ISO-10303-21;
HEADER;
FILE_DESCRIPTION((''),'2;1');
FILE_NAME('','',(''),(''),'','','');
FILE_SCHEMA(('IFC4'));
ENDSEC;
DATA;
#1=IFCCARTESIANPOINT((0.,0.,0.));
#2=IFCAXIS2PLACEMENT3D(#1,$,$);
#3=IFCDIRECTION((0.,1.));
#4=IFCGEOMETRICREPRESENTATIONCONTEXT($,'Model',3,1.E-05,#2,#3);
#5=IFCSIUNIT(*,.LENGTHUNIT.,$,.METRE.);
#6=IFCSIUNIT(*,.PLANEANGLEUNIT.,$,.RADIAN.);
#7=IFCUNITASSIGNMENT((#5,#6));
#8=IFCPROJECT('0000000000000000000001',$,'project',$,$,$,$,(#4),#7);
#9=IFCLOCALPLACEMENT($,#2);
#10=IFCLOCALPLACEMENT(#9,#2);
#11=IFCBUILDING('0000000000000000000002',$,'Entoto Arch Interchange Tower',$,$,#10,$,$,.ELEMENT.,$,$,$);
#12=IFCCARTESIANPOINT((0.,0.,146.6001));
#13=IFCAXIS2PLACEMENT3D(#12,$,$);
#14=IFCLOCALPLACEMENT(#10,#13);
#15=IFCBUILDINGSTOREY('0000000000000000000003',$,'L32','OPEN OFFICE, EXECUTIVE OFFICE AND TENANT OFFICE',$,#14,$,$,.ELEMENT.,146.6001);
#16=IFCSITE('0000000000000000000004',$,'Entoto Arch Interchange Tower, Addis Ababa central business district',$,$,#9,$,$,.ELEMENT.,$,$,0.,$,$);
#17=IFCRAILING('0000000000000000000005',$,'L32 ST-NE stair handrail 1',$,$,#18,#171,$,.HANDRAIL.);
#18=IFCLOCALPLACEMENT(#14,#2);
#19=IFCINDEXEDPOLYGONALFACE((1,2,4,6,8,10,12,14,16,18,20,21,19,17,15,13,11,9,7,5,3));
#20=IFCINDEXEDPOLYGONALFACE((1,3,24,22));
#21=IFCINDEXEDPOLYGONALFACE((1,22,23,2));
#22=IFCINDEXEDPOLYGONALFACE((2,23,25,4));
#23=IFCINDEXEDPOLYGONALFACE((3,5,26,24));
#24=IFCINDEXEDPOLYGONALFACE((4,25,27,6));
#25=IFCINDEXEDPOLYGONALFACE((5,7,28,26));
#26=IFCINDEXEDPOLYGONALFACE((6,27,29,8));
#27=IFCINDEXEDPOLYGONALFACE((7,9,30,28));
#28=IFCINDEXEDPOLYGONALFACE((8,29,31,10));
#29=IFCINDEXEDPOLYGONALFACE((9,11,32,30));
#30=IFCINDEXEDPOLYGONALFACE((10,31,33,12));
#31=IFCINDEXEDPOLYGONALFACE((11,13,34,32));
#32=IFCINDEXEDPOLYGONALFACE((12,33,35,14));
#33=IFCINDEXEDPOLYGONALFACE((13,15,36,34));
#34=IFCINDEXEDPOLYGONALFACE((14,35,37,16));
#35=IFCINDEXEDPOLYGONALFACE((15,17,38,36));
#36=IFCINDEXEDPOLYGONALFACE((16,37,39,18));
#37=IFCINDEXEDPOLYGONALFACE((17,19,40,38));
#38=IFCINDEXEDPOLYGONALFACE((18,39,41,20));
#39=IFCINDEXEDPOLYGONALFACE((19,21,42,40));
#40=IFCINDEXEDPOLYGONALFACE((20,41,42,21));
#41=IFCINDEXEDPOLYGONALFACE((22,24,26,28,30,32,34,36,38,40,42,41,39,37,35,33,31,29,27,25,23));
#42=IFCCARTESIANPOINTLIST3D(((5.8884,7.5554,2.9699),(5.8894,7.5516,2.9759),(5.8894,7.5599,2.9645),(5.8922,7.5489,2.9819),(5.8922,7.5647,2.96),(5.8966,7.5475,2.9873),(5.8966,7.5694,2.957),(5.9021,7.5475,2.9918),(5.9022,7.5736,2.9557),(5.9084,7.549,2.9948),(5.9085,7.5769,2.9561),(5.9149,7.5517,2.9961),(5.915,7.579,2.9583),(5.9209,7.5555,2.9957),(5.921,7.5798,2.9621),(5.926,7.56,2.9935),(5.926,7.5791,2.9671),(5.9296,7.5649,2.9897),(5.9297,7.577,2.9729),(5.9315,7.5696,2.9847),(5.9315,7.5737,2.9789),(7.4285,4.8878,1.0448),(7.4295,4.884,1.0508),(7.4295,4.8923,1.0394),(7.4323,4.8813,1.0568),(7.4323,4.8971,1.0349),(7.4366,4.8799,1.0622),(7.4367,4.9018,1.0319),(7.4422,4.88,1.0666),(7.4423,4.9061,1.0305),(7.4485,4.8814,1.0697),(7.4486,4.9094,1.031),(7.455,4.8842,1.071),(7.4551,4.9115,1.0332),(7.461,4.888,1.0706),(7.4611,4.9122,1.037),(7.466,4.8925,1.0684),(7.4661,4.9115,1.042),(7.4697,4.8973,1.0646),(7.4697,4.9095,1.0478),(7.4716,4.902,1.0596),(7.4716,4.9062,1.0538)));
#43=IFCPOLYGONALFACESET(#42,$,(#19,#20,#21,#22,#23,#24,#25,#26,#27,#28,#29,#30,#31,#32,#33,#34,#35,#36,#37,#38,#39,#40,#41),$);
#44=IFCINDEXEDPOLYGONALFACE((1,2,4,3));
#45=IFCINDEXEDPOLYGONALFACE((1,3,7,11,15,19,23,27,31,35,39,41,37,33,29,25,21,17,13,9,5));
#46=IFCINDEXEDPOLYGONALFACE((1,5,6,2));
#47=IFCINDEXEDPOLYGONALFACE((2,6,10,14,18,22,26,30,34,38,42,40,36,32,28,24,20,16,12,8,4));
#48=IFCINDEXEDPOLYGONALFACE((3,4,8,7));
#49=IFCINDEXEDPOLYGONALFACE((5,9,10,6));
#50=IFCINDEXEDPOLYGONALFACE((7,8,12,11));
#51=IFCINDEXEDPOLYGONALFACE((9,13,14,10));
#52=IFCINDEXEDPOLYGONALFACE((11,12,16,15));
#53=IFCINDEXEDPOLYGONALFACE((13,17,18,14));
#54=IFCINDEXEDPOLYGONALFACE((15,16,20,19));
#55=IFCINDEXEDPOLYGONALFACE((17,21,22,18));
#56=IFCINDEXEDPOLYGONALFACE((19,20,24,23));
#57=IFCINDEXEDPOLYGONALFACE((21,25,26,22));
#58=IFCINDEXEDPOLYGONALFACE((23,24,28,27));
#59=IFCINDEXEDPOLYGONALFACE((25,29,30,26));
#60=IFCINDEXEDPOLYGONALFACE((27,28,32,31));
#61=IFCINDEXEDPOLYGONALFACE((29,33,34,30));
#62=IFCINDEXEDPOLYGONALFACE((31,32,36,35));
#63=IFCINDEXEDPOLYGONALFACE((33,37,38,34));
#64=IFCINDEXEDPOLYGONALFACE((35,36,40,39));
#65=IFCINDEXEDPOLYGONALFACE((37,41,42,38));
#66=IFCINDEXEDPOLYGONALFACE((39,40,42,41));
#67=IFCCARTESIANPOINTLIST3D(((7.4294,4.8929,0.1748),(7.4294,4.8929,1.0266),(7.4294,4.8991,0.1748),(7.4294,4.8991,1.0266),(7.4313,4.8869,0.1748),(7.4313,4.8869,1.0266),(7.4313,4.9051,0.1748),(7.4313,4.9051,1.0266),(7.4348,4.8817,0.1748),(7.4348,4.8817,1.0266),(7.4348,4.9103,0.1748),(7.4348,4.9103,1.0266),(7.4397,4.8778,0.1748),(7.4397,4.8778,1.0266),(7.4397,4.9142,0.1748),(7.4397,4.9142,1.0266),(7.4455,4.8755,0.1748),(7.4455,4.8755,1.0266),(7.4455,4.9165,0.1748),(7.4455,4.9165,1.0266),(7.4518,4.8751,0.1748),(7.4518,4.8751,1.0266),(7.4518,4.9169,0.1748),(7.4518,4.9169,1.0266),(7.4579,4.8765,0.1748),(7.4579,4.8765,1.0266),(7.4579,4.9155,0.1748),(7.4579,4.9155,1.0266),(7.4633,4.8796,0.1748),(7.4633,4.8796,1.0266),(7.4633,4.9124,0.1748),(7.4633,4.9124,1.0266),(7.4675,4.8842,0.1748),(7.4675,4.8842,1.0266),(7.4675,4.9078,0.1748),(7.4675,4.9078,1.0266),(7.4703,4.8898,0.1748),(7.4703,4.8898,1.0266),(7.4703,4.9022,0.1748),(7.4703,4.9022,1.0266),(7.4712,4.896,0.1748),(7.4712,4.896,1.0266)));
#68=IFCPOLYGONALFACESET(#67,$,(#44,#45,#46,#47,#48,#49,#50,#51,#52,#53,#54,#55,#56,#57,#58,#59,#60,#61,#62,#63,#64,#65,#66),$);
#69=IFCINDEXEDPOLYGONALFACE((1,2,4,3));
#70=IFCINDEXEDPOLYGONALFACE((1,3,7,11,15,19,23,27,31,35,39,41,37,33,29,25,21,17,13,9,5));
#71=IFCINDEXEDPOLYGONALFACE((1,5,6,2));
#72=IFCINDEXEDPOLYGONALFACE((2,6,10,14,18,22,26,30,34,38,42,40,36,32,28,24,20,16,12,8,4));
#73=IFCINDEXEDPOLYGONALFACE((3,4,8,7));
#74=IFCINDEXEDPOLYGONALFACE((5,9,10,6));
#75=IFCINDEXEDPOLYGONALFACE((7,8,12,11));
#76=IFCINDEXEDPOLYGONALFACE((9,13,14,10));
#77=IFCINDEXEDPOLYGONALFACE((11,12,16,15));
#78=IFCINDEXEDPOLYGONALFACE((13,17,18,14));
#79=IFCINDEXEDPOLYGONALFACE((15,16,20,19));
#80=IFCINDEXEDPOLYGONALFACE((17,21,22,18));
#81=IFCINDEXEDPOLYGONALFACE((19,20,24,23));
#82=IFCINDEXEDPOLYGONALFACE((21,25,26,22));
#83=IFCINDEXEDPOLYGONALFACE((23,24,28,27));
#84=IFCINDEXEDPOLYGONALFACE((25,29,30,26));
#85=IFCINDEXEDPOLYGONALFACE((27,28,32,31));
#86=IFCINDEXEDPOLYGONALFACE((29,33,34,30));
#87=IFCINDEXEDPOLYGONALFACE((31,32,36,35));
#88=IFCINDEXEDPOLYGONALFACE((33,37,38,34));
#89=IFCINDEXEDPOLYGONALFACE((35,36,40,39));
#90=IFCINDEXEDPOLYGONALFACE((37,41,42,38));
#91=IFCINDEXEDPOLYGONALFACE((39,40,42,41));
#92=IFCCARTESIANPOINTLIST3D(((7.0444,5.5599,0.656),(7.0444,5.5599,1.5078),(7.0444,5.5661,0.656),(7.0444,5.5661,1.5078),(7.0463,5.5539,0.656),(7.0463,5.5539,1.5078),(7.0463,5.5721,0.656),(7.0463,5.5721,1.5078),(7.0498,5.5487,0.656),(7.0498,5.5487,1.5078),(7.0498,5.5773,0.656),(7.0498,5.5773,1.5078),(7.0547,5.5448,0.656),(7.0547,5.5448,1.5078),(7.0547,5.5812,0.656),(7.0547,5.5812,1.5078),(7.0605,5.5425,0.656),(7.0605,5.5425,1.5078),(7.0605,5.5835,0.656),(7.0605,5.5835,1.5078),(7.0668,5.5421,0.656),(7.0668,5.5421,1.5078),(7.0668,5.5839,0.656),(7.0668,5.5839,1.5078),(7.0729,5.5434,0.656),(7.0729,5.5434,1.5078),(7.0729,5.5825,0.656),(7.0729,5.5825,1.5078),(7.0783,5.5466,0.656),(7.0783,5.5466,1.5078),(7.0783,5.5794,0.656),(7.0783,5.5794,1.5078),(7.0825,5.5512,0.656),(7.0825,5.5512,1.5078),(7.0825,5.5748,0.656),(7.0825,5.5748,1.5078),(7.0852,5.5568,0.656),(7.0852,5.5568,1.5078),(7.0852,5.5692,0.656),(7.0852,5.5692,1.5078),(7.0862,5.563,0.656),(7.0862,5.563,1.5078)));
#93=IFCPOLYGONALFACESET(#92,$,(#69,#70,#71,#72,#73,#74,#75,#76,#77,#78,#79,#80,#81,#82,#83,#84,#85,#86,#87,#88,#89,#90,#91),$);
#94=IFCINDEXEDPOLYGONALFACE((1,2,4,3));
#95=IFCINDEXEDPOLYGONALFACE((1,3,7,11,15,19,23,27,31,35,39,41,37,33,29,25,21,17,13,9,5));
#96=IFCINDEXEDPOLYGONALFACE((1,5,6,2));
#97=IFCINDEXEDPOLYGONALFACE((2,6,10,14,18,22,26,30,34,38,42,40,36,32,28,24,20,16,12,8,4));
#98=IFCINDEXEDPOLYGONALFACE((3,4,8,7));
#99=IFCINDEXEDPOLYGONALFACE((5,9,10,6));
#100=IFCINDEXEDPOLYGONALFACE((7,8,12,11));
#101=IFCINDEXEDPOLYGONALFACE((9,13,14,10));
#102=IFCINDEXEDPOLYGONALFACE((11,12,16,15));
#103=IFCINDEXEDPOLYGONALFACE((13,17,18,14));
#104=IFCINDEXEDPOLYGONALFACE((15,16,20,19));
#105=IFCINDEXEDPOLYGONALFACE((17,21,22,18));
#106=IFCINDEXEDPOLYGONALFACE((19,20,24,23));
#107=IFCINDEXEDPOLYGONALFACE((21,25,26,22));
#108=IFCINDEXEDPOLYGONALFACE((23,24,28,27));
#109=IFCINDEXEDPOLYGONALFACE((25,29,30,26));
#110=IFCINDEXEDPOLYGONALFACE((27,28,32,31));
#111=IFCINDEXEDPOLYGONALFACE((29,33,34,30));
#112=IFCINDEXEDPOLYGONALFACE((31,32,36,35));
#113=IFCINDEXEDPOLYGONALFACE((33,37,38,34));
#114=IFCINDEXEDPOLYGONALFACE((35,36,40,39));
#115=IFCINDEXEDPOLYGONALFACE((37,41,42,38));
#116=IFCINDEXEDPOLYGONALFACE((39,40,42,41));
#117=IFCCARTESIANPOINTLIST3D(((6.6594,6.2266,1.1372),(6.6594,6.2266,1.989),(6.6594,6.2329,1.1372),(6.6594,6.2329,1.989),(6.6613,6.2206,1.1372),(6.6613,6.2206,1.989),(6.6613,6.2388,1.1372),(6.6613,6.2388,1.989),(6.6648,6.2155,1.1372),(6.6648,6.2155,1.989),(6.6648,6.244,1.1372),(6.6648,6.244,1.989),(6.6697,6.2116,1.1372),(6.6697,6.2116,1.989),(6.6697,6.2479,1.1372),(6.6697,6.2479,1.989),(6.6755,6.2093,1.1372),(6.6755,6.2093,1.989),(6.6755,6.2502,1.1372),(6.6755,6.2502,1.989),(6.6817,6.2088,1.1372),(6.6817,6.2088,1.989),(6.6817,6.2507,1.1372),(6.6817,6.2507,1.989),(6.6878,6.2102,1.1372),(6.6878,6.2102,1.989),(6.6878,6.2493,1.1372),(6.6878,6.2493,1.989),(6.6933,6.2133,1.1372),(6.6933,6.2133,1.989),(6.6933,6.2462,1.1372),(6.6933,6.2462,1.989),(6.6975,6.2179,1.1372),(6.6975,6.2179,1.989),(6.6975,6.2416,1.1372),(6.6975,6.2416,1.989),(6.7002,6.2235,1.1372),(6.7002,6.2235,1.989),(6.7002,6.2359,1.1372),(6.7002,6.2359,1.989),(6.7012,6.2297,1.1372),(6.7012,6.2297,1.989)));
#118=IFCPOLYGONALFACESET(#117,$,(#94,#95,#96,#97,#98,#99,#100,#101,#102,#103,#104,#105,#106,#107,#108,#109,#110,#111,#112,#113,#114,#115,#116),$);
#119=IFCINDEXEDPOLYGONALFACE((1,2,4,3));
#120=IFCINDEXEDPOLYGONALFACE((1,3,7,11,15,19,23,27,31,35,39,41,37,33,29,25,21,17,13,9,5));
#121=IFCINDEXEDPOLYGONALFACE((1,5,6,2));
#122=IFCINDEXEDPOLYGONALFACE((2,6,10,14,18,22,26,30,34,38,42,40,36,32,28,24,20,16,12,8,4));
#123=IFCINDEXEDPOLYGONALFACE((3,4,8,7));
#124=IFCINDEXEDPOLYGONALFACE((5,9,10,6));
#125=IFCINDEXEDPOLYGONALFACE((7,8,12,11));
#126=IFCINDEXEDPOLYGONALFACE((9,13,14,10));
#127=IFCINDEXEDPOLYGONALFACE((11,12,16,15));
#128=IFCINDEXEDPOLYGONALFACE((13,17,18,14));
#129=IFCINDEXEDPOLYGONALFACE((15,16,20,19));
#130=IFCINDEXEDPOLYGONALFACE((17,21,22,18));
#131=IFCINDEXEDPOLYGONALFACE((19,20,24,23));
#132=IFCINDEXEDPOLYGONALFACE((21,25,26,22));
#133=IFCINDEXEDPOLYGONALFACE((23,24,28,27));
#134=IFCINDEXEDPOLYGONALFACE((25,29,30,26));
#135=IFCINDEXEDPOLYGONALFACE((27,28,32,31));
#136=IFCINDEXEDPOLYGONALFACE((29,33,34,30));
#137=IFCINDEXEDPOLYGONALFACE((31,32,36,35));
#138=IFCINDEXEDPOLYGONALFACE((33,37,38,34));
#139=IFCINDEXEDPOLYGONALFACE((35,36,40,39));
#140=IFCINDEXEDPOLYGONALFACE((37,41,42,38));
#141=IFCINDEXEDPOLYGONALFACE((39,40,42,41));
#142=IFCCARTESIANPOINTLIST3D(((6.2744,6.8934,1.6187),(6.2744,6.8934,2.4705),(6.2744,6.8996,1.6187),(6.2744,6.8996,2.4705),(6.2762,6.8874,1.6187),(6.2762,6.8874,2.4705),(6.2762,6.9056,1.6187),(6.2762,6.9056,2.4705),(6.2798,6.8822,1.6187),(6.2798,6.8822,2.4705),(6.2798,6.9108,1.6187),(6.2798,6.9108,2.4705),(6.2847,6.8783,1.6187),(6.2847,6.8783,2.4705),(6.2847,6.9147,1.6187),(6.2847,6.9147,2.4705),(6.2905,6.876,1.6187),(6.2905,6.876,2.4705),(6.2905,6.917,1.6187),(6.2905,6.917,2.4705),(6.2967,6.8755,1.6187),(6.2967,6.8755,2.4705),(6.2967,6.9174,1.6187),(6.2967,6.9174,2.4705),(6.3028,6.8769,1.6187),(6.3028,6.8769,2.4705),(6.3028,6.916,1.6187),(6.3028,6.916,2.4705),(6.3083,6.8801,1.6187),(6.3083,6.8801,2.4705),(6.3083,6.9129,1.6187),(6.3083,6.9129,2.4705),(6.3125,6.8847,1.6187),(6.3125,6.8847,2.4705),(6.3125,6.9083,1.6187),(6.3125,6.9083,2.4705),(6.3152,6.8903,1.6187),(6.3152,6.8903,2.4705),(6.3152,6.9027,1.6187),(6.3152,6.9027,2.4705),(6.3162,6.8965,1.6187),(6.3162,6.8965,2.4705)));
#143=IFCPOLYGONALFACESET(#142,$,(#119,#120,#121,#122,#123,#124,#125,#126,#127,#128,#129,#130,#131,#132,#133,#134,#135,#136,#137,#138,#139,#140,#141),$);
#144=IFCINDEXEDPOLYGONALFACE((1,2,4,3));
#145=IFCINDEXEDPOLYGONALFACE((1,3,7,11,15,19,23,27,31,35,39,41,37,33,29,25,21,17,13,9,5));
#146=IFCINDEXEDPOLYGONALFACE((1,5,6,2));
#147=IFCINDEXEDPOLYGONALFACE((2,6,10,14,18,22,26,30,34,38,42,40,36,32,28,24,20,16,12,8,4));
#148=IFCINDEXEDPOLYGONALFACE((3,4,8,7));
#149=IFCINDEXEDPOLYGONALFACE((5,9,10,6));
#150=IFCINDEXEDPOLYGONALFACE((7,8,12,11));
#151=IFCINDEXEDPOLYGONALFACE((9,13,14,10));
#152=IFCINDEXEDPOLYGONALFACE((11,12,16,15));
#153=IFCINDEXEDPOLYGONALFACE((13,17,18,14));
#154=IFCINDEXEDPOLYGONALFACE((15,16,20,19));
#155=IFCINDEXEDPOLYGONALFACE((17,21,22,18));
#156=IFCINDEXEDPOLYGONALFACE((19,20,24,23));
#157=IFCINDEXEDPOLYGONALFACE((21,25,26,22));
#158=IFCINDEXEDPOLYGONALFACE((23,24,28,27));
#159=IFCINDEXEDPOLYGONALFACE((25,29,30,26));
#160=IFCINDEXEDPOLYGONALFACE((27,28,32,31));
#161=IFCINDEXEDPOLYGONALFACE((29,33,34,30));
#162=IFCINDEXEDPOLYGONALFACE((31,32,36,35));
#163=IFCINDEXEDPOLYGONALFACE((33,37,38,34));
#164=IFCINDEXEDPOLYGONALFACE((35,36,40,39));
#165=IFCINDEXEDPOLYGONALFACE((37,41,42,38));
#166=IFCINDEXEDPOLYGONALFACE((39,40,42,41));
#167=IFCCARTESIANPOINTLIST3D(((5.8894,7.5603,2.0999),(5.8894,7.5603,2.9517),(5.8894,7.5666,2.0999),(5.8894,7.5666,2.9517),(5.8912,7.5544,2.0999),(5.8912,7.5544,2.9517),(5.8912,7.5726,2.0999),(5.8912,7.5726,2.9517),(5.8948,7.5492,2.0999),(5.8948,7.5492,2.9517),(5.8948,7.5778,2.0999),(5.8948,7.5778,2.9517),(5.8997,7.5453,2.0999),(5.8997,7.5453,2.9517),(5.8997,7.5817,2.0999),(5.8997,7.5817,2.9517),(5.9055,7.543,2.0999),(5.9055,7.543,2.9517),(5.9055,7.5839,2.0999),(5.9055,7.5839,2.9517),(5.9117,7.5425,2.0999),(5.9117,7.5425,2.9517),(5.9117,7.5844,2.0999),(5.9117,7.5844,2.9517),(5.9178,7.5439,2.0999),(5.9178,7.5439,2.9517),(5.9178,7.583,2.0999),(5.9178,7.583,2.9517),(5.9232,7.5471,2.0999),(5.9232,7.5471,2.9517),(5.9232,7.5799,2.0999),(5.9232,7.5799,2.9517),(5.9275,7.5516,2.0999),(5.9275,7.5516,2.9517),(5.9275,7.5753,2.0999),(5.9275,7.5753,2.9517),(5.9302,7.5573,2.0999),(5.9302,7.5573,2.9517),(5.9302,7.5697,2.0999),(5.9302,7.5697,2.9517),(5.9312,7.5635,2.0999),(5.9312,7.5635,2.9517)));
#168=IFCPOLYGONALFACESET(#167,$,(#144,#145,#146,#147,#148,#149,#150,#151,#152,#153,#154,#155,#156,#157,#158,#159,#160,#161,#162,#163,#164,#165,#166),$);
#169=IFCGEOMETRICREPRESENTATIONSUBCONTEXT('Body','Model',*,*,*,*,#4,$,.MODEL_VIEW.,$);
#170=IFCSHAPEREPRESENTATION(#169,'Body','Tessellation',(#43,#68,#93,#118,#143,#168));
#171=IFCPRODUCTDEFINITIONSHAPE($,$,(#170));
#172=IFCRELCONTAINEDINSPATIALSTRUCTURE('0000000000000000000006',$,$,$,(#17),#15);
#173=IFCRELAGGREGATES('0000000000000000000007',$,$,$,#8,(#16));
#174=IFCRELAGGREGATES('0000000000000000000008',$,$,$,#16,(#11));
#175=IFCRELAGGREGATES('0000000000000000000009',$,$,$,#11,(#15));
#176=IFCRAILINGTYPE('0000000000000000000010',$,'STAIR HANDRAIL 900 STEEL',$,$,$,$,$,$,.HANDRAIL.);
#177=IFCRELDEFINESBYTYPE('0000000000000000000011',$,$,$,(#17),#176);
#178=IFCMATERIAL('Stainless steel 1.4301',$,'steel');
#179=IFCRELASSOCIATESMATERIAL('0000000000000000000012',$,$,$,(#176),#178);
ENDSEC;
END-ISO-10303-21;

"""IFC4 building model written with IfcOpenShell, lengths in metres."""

from ifc_helpers import new_model, si_unit, direction, frame, origin, origin_2d, place, context, subcontext, project, spatial, circle, extrude, material, type_object, element, save


model = new_model("IFC4")

# Units and contexts
model_context = context("Model", 3, precision=1e-05, world=origin(), true_north=direction((0.0, 1.0)))
body_context = subcontext(model_context, "Body", "Model", "MODEL_VIEW")
ifc_project = project(units=[si_unit("LENGTHUNIT", "METRE"), si_unit("PLANEANGLEUNIT", "RADIAN")], contexts=[model_context])

# Site, building, storey
site_placement = place(None, origin())
site = spatial("IfcSite", under=ifc_project, at=site_placement, Name="Entoto Arch Interchange Tower, Addis Ababa central business district", CompositionType="ELEMENT", RefElevation=0.0)
building_placement = place(site_placement, origin())
building = spatial("IfcBuilding", under=site, at=building_placement, Name="Entoto Arch Interchange Tower", CompositionType="ELEMENT")
storey_placement = place(building_placement, frame((0.0, 0.0, 146.6001)))
storey = spatial("IfcBuildingStorey", under=building, at=storey_placement, Name="L32", Description="OPEN OFFICE, EXECUTIVE OFFICE AND TENANT OFFICE", CompositionType="ELEMENT", Elevation=146.6001)

# Railing
ifc_material_1 = material(Name="Stainless steel 1.4301", Category="steel")
railing_type_1 = type_object("IfcRailingType", Name="STAIR HANDRAIL 900 STEEL", PredefinedType="HANDRAIL", material=ifc_material_1)
railing_1_placement = place(storey_placement, frame((7.4502, 4.896, 0.1748)))
element("IfcRailing", 1, at=railing_1_placement, inside=storey, type_object=railing_type_1, Name="L32 ST-NE stair handrail 1", PredefinedType="HANDRAIL", context=body_context, shape_type="SweptSolid", body=[
    extrude(circle(Radius=0.0239, at=origin_2d()), frame((0.0, 0.0, 0.876), z_axis=(-0.423994, 0.734395, 0.529993), x_axis=(-0.86603, -0.499992, 0.0)), (0.0, 0.0, 1.0), 3.6323),
    extrude(circle(Radius=0.021, at=origin_2d()), origin(), (0.0, 0.0, 1.0), 0.8518),
    extrude(circle(Radius=0.021, at=origin_2d()), frame((-0.385, 0.667, 0.4812)), (0.0, 0.0, 1.0), 0.8518),
    extrude(circle(Radius=0.021, at=origin_2d()), frame((-0.77, 1.3337, 0.9624)), (0.0, 0.0, 1.0), 0.8518),
    extrude(circle(Radius=0.021, at=origin_2d()), frame((-1.155, 2.0005, 1.4438)), (0.0, 0.0, 1.0), 0.8518),
    extrude(circle(Radius=0.021, at=origin_2d()), frame((-1.54, 2.6675, 1.925)), (0.0, 0.0, 1.0), 0.8518),
])

save(model, "model.ifc")
